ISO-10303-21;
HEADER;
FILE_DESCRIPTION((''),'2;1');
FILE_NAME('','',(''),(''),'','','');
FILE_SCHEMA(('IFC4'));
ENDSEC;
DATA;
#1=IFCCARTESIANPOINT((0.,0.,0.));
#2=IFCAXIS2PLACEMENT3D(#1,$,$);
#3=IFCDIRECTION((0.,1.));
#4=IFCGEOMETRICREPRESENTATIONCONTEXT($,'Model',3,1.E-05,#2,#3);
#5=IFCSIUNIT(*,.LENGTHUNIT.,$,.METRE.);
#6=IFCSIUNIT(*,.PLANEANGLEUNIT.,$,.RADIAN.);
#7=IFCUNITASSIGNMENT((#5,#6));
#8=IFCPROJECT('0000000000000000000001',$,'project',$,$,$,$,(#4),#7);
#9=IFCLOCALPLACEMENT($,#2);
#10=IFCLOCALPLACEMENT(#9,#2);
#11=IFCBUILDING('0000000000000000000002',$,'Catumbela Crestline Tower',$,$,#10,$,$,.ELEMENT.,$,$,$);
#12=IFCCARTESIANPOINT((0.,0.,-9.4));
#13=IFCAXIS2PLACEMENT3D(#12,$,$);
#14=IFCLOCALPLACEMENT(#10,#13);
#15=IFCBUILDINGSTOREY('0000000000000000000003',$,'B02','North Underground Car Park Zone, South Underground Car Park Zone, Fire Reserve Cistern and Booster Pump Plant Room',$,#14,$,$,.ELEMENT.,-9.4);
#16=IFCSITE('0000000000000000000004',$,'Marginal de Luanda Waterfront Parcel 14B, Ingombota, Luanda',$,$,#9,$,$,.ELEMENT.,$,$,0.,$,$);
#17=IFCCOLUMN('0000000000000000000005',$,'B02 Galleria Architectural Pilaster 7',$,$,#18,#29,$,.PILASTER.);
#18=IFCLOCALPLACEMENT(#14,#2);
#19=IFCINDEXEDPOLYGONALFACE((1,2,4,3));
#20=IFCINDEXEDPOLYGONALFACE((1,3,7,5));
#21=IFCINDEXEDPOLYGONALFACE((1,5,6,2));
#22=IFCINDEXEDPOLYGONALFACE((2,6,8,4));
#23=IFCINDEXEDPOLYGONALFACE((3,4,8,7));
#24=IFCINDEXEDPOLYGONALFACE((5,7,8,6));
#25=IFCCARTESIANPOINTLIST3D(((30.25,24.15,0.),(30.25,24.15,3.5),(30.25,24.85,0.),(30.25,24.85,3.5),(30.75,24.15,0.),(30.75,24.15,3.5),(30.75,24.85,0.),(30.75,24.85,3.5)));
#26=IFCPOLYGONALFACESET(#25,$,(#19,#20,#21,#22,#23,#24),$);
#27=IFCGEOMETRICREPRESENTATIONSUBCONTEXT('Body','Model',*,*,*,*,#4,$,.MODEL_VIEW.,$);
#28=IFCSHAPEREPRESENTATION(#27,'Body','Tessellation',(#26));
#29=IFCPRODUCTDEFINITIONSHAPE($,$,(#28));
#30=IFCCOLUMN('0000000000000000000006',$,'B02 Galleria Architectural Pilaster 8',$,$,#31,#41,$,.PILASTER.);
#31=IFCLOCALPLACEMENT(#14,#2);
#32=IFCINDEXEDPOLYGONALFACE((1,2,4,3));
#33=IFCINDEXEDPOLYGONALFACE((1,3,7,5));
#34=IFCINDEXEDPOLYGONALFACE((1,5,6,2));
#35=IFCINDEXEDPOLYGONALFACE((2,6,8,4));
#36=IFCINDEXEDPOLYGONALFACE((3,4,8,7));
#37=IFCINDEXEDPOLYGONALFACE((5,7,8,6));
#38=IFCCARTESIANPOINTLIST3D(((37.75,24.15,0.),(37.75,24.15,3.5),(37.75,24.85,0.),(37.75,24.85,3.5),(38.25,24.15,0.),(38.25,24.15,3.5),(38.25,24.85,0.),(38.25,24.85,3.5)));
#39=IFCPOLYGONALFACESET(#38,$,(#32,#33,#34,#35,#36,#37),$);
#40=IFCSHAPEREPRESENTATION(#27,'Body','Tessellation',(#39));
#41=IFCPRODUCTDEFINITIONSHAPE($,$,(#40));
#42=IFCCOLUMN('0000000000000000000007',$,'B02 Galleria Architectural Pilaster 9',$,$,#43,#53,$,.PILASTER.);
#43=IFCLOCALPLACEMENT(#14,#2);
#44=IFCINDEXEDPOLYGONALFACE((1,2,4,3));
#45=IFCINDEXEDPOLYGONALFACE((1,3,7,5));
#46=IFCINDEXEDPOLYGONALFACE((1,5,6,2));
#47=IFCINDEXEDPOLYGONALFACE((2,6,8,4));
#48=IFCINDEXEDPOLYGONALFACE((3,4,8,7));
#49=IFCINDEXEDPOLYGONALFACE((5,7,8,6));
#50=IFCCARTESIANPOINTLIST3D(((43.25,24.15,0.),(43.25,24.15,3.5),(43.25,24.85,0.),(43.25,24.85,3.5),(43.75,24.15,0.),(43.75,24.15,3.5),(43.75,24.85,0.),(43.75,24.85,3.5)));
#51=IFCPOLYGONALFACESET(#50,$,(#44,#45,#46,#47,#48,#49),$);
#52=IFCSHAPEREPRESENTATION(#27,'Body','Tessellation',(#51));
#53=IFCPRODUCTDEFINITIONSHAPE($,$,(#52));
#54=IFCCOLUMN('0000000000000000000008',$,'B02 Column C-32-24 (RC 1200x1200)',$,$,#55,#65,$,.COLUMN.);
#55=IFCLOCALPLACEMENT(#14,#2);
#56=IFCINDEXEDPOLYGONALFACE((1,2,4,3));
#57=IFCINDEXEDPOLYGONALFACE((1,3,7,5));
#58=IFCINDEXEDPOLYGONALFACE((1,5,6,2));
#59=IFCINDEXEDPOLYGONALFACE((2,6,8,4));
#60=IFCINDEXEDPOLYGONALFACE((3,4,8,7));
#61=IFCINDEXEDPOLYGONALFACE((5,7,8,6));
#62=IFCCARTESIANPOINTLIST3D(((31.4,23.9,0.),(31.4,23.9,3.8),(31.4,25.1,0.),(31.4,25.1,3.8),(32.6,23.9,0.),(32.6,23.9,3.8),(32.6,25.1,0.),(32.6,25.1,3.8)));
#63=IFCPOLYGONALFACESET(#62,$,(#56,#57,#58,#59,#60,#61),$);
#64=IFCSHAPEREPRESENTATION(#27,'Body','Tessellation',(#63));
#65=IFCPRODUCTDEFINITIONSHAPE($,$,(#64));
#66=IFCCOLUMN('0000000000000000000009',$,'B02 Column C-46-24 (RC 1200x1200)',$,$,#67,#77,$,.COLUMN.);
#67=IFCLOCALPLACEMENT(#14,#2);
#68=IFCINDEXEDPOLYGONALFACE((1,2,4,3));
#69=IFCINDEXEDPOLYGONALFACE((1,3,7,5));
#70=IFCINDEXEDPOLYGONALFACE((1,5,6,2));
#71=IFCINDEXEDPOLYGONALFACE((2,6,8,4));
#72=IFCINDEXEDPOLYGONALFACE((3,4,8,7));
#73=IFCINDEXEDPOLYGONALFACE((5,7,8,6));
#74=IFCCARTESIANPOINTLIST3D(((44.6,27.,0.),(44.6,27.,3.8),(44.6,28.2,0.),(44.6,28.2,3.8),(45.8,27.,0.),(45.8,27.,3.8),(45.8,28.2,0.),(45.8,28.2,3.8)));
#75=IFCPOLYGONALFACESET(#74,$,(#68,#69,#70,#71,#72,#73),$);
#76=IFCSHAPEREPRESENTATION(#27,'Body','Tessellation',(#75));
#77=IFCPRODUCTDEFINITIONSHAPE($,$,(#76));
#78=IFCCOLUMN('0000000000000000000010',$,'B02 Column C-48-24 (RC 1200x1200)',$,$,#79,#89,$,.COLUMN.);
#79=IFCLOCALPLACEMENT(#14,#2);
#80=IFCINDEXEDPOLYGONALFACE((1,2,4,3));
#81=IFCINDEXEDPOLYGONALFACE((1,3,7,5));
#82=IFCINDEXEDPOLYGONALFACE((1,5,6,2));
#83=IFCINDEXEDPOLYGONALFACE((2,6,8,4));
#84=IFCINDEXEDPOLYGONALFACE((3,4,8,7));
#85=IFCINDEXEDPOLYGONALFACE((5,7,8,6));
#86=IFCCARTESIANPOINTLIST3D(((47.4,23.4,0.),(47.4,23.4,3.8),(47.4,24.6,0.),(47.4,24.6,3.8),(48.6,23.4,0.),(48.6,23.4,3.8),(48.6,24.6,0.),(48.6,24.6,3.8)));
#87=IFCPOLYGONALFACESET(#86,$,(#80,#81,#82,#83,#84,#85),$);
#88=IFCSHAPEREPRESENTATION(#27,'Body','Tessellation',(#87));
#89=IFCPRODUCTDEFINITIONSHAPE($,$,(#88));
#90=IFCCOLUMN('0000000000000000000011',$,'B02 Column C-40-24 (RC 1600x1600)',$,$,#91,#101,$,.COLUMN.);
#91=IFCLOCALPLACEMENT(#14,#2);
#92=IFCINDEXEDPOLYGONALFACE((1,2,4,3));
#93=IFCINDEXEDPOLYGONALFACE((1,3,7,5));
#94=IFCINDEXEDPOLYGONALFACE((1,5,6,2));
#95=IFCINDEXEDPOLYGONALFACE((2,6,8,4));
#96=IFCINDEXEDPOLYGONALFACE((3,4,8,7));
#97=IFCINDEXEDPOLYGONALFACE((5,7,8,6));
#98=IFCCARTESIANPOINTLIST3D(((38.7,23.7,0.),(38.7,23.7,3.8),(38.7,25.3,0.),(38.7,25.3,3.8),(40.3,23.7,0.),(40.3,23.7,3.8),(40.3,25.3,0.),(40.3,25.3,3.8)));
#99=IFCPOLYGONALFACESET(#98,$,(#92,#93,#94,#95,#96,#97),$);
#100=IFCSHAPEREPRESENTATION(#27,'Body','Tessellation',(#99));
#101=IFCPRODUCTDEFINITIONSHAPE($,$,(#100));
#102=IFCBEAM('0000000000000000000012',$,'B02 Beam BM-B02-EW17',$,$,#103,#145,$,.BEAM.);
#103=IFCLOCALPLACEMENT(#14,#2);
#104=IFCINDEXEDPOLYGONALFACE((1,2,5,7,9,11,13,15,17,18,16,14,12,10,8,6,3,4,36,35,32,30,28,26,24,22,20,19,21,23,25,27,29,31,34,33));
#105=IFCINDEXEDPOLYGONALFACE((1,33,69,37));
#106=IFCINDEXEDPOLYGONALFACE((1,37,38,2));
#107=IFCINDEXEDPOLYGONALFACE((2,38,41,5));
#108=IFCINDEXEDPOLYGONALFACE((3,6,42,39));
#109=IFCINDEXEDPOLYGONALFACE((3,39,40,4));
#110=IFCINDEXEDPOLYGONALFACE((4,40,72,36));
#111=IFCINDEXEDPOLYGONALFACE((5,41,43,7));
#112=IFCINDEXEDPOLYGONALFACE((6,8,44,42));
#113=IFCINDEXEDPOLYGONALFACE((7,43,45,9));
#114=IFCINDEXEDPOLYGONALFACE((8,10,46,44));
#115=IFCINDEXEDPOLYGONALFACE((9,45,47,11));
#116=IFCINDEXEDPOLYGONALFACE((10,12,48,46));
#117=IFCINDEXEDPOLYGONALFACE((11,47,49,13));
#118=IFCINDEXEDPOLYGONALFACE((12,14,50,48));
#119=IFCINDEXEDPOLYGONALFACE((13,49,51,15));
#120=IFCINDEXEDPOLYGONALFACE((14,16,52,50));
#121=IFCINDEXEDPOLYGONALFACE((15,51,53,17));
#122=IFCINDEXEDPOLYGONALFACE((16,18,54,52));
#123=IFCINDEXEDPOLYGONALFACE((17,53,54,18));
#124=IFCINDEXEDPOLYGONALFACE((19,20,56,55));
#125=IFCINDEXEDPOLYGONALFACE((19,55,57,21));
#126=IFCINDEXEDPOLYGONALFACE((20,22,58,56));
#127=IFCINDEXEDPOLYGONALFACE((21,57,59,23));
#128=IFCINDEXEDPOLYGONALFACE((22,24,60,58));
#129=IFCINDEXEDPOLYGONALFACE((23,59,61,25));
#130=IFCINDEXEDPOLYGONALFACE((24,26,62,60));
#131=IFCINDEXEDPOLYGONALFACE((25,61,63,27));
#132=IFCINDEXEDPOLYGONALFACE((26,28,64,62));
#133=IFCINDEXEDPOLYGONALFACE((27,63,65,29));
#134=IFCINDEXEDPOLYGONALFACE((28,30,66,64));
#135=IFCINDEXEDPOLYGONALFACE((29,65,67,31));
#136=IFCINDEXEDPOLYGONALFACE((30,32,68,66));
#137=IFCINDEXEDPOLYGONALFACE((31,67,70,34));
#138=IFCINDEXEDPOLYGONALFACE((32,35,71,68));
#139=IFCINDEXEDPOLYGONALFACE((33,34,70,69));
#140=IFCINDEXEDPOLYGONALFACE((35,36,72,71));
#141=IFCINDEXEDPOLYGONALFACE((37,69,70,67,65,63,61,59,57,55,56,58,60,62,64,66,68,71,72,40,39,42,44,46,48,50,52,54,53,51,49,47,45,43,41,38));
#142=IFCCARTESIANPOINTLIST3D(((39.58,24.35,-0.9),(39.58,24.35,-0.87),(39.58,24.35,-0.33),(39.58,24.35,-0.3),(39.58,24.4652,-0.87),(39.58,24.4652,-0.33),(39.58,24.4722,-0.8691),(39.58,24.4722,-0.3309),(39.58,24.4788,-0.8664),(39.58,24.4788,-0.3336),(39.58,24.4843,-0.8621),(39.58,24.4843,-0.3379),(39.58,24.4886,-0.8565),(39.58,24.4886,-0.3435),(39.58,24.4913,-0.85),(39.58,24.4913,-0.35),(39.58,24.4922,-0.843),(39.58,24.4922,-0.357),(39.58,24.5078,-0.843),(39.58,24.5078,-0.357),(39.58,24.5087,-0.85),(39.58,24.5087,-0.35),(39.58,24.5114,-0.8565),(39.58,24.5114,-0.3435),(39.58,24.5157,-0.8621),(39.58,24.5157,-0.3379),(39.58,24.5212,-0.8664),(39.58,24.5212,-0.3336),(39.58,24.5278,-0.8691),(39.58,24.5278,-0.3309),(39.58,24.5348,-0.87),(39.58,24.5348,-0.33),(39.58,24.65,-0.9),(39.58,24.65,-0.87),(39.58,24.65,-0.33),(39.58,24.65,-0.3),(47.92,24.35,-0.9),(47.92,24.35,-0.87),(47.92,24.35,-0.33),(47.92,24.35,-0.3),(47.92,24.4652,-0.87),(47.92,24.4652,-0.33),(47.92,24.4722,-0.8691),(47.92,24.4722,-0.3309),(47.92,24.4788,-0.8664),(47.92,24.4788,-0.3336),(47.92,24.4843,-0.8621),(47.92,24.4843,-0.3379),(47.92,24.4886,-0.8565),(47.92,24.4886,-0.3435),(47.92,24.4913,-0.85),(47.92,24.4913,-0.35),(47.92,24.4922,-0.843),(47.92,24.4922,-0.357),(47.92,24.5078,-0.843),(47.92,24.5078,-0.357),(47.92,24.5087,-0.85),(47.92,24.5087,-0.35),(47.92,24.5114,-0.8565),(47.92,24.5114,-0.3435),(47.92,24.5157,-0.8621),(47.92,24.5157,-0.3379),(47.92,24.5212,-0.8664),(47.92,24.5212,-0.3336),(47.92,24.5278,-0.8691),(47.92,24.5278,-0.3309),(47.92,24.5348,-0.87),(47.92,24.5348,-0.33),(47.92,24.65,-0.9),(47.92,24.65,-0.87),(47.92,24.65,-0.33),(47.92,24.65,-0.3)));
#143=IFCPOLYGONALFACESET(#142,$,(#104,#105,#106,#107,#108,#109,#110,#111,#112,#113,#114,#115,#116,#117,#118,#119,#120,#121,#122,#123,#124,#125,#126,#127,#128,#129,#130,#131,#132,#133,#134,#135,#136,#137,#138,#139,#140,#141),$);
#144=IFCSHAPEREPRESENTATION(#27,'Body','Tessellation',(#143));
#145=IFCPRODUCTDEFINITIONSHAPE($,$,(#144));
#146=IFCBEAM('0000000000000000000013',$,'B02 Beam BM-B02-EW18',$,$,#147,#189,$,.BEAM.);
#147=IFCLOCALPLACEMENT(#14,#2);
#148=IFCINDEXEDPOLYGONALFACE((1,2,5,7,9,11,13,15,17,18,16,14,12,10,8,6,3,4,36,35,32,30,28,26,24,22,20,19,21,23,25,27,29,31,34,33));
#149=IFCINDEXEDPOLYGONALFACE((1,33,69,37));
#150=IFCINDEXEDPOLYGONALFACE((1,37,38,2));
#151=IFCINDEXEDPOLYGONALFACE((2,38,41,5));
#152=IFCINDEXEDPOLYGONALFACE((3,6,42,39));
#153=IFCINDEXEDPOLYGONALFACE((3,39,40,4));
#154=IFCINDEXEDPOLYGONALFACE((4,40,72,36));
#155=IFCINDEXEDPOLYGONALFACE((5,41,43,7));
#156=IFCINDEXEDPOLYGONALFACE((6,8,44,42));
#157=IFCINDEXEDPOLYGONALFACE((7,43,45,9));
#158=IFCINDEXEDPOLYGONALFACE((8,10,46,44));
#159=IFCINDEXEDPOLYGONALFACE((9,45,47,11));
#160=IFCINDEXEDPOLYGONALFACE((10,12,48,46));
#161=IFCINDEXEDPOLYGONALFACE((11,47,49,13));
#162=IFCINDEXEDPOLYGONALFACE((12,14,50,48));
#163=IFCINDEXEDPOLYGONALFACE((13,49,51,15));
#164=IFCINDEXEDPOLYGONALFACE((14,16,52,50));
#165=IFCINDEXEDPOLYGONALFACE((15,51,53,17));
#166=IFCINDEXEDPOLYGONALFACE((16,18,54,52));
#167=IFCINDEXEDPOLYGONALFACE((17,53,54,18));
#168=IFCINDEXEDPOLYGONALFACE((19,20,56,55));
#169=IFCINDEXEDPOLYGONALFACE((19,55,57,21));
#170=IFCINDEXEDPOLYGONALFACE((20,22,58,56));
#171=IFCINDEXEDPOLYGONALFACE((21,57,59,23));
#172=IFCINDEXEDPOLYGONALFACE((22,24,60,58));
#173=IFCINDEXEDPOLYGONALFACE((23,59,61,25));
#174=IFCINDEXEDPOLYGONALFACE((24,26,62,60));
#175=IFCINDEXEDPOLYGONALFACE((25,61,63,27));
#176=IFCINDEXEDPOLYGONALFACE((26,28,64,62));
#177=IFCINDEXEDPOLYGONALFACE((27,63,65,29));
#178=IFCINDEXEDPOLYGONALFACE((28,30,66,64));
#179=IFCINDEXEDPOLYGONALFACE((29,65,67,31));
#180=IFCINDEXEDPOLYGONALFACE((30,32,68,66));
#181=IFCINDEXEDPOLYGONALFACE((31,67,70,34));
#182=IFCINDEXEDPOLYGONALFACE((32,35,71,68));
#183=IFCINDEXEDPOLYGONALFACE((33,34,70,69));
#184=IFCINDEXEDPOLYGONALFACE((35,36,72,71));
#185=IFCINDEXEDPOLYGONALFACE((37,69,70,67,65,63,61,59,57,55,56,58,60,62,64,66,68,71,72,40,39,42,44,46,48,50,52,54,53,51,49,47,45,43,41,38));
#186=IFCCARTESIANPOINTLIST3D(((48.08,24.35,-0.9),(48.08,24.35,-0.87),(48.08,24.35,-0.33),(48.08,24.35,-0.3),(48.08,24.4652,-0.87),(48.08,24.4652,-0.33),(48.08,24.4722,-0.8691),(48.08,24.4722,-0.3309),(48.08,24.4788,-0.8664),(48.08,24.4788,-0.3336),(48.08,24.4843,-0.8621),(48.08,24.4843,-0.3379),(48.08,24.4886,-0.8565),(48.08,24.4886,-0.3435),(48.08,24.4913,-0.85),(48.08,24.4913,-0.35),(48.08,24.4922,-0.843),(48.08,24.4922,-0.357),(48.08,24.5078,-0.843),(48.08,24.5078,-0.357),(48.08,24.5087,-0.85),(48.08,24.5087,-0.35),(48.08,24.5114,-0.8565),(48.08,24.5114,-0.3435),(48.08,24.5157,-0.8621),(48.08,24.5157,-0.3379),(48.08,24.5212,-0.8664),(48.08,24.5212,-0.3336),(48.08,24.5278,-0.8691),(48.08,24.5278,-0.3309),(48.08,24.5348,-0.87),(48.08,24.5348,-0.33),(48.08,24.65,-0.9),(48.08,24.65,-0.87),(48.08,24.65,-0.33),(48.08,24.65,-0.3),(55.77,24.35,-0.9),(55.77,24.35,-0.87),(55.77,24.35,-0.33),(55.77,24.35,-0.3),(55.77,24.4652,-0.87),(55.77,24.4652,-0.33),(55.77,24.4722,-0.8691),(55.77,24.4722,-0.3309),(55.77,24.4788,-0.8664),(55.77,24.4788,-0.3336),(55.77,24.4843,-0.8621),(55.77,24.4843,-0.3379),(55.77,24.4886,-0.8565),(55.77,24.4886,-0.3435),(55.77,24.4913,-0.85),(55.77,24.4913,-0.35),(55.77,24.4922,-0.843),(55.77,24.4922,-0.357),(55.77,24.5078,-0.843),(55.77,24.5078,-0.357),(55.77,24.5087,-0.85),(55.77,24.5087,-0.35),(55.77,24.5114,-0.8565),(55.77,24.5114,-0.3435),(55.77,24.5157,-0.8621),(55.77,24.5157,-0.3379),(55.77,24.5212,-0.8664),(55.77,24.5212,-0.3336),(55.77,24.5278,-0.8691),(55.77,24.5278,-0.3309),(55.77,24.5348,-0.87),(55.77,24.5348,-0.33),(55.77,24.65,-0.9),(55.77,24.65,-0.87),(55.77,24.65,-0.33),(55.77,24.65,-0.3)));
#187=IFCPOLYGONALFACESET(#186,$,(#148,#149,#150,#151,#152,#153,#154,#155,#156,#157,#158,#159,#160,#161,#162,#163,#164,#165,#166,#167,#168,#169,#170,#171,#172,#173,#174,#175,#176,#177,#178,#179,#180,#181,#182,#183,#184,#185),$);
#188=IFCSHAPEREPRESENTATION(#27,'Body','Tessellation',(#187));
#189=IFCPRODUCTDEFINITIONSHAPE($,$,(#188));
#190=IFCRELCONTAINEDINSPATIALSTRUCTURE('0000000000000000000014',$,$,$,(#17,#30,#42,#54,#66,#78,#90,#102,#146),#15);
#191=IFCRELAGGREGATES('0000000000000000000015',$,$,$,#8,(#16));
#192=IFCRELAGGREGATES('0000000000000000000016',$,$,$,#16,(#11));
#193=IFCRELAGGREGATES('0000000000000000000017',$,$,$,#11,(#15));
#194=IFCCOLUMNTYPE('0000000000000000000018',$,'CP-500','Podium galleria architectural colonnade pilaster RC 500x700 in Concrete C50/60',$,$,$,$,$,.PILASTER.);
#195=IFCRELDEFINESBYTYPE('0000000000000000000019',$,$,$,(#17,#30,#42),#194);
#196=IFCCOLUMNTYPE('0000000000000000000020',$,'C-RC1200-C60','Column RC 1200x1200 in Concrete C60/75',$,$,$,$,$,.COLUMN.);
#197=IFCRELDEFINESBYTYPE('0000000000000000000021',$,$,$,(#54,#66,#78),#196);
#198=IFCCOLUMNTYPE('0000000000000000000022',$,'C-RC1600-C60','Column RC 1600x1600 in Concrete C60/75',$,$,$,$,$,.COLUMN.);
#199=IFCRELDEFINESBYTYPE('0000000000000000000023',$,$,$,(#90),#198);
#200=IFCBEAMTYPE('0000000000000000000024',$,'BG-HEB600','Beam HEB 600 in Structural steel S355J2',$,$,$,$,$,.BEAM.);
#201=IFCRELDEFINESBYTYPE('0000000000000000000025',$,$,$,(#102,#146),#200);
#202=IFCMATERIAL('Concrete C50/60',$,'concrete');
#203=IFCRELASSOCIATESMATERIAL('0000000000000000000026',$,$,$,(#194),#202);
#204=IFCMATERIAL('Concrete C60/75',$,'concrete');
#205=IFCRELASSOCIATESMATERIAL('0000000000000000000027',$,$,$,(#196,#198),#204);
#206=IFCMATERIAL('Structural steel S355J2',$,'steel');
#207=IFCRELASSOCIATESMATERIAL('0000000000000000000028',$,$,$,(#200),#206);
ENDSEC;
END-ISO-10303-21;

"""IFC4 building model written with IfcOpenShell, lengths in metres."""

from ifc_helpers import new_model, si_unit, direction, frame, origin, origin_2d, place, context, subcontext, project, spatial, rectangle, i_section, extrude, material, material_profile, profile_set, type_object, element, save


model = new_model("IFC4")

# Units and contexts
model_context = context("Model", 3, precision=1e-05, world=origin(), true_north=direction((0.0, 1.0)))
body_context = subcontext(model_context, "Body", "Model", "MODEL_VIEW")
ifc_project = project(units=[si_unit("LENGTHUNIT", "METRE"), si_unit("PLANEANGLEUNIT", "RADIAN")], contexts=[model_context])

# Site, building, storey
site_placement = place(None, origin())
site = spatial("IfcSite", under=ifc_project, at=site_placement, Name="Marginal de Luanda Waterfront Parcel 14B, Ingombota, Luanda", CompositionType="ELEMENT", RefElevation=0.0)
building_placement = place(site_placement, origin())
building = spatial("IfcBuilding", under=site, at=building_placement, Name="Catumbela Crestline Tower", CompositionType="ELEMENT")
storey_placement = place(building_placement, frame((0.0, 0.0, -9.4)))
storey = spatial("IfcBuildingStorey", under=building, at=storey_placement, Name="B02", Description="North Underground Car Park Zone, South Underground Car Park Zone, Fire Reserve Cistern and Booster Pump Plant Room", CompositionType="ELEMENT", Elevation=-9.4)

# Columns
ifc_material_1 = material(Name="Concrete C50/60", Category="concrete")
ifc_material_profile_1 = material_profile(ifc_material_1, rectangle(XDim=0.5, YDim=0.7, at=origin_2d()), Name="RC 500x700")
ifc_profile_set_1 = profile_set([ifc_material_profile_1], Name="Concrete C50/60")
column_type_1 = type_object("IfcColumnType", Name="CP-500", Description="Podium galleria architectural colonnade pilaster RC 500x700 in Concrete C50/60", PredefinedType="PILASTER", material=ifc_profile_set_1)
for number, where, z_axis, x_axis, name in (
    (1, (30.5, 24.5, 0.0), (0.0, 0.0, 1.0), (1.0, 0.0, 0.0), "B02 Galleria Architectural Pilaster 7"),
    (2, (38.0, 24.5, 0.0), (0.0, 0.0, 1.0), (1.0, 0.0, 0.0), "B02 Galleria Architectural Pilaster 8"),
    (3, (43.5, 24.5, 0.0), (0.0, 0.0, 1.0), (1.0, 0.0, 0.0), "B02 Galleria Architectural Pilaster 9"),
):
    element("IfcColumn", number, at=place(storey_placement, frame(where, z_axis=z_axis, x_axis=x_axis)), inside=storey, type_object=column_type_1, Name=name, PredefinedType="PILASTER", context=body_context, shape_type="SweptSolid", body=[
        extrude(rectangle(XDim=0.5, YDim=0.7, at=origin_2d()), origin(), (0.0, 0.0, 1.0), 3.5),
    ])
ifc_material_2 = material(Name="Concrete C60/75", Category="concrete")
ifc_material_profile_2 = material_profile(ifc_material_2, rectangle(XDim=1.2, YDim=1.2, at=origin_2d()), Name="RC 1200x1200")
ifc_profile_set_2 = profile_set([ifc_material_profile_2], Name="Concrete C60/75")
column_type_2 = type_object("IfcColumnType", Name="C-RC1200-C60", Description="Column RC 1200x1200 in Concrete C60/75", PredefinedType="COLUMN", material=ifc_profile_set_2)
for number, where, z_axis, x_axis, name in (
    (4, (32.0, 24.5, 0.0), (0.0, 0.0, 1.0), (1.0, 0.0, 0.0), "B02 Column C-32-24 (RC 1200x1200)"),
    (5, (45.2, 27.6, 0.0), (0.0, 0.0, 1.0), (1.0, 0.0, 0.0), "B02 Column C-46-24 (RC 1200x1200)"),
    (6, (48.0, 24.0, 0.0), (0.0, 0.0, 1.0), (1.0, 0.0, 0.0), "B02 Column C-48-24 (RC 1200x1200)"),
):
    element("IfcColumn", number, at=place(storey_placement, frame(where, z_axis=z_axis, x_axis=x_axis)), inside=storey, type_object=column_type_2, Name=name, PredefinedType="COLUMN", context=body_context, shape_type="SweptSolid", body=[
        extrude(rectangle(XDim=1.2, YDim=1.2, at=origin_2d()), origin(), (0.0, 0.0, 1.0), 3.8),
    ])
ifc_material_profile_3 = material_profile(ifc_material_2, rectangle(XDim=1.6, YDim=1.6, at=origin_2d()), Name="RC 1600x1600")
ifc_profile_set_3 = profile_set([ifc_material_profile_3], Name="Concrete C60/75")
column_type_3 = type_object("IfcColumnType", Name="C-RC1600-C60", Description="Column RC 1600x1600 in Concrete C60/75", PredefinedType="COLUMN", material=ifc_profile_set_3)
column_placement = place(storey_placement, frame((39.5, 24.5, 0.0), z_axis=(0.0, 0.0, 1.0), x_axis=(1.0, 0.0, 0.0)))
element("IfcColumn", 7, at=column_placement, inside=storey, type_object=column_type_3, Name="B02 Column C-40-24 (RC 1600x1600)", PredefinedType="COLUMN", context=body_context, shape_type="SweptSolid", body=[
    extrude(rectangle(XDim=1.6, YDim=1.6, at=origin_2d()), origin(), (0.0, 0.0, 1.0), 3.8),
])

# Beams
ifc_material_3 = material(Name="Structural steel S355J2", Category="steel")
ifc_material_profile_4 = material_profile(ifc_material_3, i_section(OverallWidth=0.3, OverallDepth=0.6, WebThickness=0.0155, FlangeThickness=0.03, FilletRadius=0.027, at=origin_2d()), Name="HEB 600")
ifc_profile_set_4 = profile_set([ifc_material_profile_4], Name="Structural steel S355J2")
beam_type_1 = type_object("IfcBeamType", Name="BG-HEB600", Description="Beam HEB 600 in Structural steel S355J2", PredefinedType="BEAM", material=ifc_profile_set_4)
beam_1_placement = place(storey_placement, frame((39.58, 24.5, -0.6), z_axis=(1.0, 0.0, 0.0), x_axis=(0.0, 1.0, 0.0)))
element("IfcBeam", 8, at=beam_1_placement, inside=storey, type_object=beam_type_1, Name="B02 Beam BM-B02-EW17", PredefinedType="BEAM", context=body_context, shape_type="SweptSolid", body=[
    extrude(i_section(OverallWidth=0.3, OverallDepth=0.6, WebThickness=0.0155, FlangeThickness=0.03, FilletRadius=0.027, at=origin_2d()), origin(), (0.0, 0.0, 1.0), 8.34),
])
beam_2_placement = place(storey_placement, frame((48.08, 24.5, -0.6), z_axis=(1.0, 0.0, 0.0), x_axis=(0.0, 1.0, 0.0)))
element("IfcBeam", 9, at=beam_2_placement, inside=storey, type_object=beam_type_1, Name="B02 Beam BM-B02-EW18", PredefinedType="BEAM", context=body_context, shape_type="SweptSolid", body=[
    extrude(i_section(OverallWidth=0.3, OverallDepth=0.6, WebThickness=0.0155, FlangeThickness=0.03, FilletRadius=0.027, at=origin_2d()), origin(), (0.0, 0.0, 1.0), 7.69),
])

save(model, "model.ifc")
